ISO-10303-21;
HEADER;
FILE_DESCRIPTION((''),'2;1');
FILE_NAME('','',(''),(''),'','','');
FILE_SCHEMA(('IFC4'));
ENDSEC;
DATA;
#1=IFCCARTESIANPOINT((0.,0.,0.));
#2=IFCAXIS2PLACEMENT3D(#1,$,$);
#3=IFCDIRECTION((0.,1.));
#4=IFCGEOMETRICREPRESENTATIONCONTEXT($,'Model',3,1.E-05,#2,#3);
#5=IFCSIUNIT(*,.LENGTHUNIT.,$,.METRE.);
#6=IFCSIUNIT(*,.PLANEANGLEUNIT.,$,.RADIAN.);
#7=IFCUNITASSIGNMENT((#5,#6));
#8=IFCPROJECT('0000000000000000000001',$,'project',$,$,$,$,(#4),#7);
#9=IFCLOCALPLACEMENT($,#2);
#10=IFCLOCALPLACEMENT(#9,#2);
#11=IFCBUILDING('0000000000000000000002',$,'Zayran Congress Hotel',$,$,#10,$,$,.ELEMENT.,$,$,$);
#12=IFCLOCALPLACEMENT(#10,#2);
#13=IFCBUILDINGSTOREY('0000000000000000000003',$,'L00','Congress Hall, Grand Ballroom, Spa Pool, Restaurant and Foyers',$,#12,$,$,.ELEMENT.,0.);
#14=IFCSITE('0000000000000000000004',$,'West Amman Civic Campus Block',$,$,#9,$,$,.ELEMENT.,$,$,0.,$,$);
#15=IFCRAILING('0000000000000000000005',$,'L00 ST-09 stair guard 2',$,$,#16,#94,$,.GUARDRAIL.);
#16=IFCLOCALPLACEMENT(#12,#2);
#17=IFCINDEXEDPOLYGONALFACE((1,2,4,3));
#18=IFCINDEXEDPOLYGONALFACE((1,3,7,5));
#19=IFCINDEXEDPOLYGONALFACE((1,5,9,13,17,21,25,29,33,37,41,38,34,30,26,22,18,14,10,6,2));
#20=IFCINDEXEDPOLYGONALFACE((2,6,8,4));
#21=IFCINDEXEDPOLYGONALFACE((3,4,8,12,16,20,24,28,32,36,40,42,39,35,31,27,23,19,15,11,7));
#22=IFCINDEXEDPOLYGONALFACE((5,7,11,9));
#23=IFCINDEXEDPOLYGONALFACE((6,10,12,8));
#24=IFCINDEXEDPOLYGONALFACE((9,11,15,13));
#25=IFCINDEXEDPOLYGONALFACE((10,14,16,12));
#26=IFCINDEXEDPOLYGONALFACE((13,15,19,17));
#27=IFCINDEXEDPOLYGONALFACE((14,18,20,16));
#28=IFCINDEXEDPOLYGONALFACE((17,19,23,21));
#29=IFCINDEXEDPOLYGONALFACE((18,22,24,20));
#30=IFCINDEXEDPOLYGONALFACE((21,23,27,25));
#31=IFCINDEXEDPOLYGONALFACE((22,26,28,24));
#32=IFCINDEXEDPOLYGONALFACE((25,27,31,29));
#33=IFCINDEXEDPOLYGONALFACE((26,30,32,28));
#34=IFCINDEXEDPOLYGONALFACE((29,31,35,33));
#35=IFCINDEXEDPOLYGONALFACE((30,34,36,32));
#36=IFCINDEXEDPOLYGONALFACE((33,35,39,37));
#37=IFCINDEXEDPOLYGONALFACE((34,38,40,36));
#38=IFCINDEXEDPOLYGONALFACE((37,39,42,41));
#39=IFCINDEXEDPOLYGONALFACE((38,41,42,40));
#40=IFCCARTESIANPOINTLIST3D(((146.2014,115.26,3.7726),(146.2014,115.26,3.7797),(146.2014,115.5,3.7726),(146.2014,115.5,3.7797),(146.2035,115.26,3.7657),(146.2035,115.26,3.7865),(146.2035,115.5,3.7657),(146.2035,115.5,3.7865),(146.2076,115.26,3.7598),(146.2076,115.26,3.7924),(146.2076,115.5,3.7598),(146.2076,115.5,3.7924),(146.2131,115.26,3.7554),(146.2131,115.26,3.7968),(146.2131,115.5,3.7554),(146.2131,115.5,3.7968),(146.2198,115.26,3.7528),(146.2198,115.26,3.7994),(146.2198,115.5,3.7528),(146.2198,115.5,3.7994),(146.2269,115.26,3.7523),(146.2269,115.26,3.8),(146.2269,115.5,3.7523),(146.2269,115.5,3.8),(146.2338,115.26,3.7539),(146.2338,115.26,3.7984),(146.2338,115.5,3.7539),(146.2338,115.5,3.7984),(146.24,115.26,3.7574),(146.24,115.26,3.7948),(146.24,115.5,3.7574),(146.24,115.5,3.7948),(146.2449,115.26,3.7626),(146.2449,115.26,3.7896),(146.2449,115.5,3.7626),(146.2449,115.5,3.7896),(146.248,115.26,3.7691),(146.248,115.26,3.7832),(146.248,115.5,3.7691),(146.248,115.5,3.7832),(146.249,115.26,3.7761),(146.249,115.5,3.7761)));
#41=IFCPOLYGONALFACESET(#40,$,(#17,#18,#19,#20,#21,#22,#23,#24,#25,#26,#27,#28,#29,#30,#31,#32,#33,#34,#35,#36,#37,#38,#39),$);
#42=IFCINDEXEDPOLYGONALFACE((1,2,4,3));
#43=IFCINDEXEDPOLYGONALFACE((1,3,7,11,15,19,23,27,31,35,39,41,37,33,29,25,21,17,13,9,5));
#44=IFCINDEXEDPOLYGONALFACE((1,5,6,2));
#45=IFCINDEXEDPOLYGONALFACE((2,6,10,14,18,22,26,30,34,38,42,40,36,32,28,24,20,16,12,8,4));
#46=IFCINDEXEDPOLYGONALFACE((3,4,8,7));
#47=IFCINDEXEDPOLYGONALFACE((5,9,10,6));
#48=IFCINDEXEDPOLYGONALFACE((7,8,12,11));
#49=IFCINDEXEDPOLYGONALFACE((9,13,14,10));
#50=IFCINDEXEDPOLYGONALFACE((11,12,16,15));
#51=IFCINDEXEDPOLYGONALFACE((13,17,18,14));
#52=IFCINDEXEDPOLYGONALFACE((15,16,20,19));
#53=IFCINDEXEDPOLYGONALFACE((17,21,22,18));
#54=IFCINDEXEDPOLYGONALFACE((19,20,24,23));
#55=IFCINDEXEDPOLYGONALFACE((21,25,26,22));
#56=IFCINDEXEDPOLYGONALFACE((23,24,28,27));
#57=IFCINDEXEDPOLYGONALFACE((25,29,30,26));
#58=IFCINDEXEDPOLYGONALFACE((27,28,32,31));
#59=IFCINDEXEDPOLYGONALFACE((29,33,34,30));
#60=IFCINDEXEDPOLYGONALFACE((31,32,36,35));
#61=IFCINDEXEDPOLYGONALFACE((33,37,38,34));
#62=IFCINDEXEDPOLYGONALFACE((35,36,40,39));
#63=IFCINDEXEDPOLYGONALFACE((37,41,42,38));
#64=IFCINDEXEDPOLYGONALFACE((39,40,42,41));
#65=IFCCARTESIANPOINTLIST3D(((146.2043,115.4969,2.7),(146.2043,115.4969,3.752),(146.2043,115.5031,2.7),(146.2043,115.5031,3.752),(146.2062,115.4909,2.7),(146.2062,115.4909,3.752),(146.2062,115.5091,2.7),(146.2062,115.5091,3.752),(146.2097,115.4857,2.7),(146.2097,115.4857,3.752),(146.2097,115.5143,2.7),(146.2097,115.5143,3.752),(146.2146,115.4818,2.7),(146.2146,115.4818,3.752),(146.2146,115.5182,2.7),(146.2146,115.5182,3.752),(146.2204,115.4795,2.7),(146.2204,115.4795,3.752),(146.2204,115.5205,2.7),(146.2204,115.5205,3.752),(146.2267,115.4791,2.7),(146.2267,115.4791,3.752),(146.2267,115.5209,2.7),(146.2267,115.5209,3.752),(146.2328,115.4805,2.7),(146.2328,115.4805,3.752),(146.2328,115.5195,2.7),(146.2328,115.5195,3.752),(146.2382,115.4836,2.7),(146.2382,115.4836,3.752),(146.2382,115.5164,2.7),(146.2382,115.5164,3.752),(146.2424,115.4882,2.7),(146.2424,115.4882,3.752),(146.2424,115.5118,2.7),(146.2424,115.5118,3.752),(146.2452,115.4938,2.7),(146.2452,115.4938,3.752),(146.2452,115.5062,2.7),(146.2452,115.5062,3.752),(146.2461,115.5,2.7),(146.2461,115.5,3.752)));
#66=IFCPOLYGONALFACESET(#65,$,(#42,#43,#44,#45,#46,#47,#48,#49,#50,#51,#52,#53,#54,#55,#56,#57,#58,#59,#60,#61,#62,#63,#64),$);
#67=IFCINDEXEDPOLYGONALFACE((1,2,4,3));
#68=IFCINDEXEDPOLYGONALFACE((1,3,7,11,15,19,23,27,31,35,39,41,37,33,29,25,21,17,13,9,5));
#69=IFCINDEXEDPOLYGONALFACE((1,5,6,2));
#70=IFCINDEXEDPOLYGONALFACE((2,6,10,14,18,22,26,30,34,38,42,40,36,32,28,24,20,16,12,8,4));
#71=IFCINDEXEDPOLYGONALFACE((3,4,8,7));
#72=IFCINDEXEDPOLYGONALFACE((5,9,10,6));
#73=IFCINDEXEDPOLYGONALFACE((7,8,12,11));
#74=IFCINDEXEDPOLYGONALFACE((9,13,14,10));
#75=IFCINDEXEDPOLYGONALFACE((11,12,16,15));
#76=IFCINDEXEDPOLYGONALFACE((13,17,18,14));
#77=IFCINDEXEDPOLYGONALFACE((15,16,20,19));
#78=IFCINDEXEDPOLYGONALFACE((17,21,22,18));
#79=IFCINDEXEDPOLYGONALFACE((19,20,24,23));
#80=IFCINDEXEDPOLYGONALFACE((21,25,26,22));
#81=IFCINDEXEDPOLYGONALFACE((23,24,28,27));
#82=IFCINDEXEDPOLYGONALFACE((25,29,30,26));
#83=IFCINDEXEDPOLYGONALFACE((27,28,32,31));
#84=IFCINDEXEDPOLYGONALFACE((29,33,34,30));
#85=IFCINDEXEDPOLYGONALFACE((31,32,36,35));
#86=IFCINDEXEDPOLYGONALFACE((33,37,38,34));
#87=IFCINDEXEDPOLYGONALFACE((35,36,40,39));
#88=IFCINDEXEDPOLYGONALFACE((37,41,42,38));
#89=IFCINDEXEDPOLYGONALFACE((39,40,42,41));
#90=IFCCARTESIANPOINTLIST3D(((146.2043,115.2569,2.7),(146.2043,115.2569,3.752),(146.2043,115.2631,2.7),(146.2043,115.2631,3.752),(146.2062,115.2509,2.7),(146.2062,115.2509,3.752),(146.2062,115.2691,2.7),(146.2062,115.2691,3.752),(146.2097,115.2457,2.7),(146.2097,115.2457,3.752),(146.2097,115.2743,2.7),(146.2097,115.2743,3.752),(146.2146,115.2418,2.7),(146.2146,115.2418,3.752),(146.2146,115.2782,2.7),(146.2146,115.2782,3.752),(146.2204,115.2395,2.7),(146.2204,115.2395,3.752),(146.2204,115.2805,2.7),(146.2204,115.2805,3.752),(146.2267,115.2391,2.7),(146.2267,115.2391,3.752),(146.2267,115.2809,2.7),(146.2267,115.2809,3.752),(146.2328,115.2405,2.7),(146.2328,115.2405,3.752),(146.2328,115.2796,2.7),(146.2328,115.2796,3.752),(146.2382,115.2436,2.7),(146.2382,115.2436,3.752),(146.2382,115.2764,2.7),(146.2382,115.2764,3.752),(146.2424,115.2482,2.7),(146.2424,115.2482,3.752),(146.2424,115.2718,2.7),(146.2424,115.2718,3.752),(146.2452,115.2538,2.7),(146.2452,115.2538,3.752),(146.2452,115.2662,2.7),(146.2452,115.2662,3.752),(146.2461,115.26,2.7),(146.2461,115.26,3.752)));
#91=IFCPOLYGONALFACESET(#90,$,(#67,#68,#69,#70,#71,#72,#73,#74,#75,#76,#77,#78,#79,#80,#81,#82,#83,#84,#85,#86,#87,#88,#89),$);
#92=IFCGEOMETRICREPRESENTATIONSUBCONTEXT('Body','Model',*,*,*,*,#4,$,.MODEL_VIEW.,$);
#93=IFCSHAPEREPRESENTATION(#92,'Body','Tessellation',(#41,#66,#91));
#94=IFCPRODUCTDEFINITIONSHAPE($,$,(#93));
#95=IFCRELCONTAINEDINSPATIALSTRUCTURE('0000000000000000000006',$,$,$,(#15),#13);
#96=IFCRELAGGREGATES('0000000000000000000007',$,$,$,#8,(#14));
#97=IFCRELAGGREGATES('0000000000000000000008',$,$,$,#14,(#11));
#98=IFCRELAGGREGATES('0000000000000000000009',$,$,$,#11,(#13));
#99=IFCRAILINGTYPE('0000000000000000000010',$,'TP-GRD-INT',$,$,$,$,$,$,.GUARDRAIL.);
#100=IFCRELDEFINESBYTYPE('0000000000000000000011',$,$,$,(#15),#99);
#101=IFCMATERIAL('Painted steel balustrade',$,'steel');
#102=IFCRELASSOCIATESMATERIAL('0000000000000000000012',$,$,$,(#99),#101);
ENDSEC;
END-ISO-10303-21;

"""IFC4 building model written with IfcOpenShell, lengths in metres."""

from ifc_helpers import new_model, si_unit, direction, frame, origin, origin_2d, place, context, subcontext, project, spatial, circle, extrude, material, type_object, element, save


model = new_model("IFC4")

# Units and contexts
model_context = context("Model", 3, precision=1e-05, world=origin(), true_north=direction((0.0, 1.0)))
body_context = subcontext(model_context, "Body", "Model", "MODEL_VIEW")
ifc_project = project(units=[si_unit("LENGTHUNIT", "METRE"), si_unit("PLANEANGLEUNIT", "RADIAN")], contexts=[model_context])

# Site, building, storey
site_placement = place(None, origin())
site = spatial("IfcSite", under=ifc_project, at=site_placement, Name="West Amman Civic Campus Block", CompositionType="ELEMENT", RefElevation=0.0)
building_placement = place(site_placement, origin())
building = spatial("IfcBuilding", under=site, at=building_placement, Name="Zayran Congress Hotel", CompositionType="ELEMENT")
storey_placement = place(building_placement, origin())
storey = spatial("IfcBuildingStorey", under=building, at=storey_placement, Name="L00", Description="Congress Hall, Grand Ballroom, Spa Pool, Restaurant and Foyers", CompositionType="ELEMENT", Elevation=0.0)

# Railing
ifc_material_1 = material(Name="Painted steel balustrade", Category="steel")
railing_type_1 = type_object("IfcRailingType", Name="TP-GRD-INT", PredefinedType="GUARDRAIL", material=ifc_material_1)
railing_1_placement = place(storey_placement, frame((146.2251, 115.5, 2.7)))
element("IfcRailing", 1, at=railing_1_placement, inside=storey, type_object=railing_type_1, Name="L00 ST-09 stair guard 2", PredefinedType="GUARDRAIL", context=body_context, shape_type="SweptSolid", body=[
    extrude(circle(Radius=0.0239, at=origin_2d()), frame((0.0, 0.0, 1.0762), z_axis=(0.0, -1.0, 0.0), x_axis=(1.0, 0.0, 0.0)), (0.0, 0.0, 1.0), 0.24),
    extrude(circle(Radius=0.021, at=origin_2d()), origin(), (0.0, 0.0, 1.0), 1.052),
    extrude(circle(Radius=0.021, at=origin_2d()), frame((0.0, -0.24, 0.0)), (0.0, 0.0, 1.0), 1.052),
])

save(model, "model.ifc")
